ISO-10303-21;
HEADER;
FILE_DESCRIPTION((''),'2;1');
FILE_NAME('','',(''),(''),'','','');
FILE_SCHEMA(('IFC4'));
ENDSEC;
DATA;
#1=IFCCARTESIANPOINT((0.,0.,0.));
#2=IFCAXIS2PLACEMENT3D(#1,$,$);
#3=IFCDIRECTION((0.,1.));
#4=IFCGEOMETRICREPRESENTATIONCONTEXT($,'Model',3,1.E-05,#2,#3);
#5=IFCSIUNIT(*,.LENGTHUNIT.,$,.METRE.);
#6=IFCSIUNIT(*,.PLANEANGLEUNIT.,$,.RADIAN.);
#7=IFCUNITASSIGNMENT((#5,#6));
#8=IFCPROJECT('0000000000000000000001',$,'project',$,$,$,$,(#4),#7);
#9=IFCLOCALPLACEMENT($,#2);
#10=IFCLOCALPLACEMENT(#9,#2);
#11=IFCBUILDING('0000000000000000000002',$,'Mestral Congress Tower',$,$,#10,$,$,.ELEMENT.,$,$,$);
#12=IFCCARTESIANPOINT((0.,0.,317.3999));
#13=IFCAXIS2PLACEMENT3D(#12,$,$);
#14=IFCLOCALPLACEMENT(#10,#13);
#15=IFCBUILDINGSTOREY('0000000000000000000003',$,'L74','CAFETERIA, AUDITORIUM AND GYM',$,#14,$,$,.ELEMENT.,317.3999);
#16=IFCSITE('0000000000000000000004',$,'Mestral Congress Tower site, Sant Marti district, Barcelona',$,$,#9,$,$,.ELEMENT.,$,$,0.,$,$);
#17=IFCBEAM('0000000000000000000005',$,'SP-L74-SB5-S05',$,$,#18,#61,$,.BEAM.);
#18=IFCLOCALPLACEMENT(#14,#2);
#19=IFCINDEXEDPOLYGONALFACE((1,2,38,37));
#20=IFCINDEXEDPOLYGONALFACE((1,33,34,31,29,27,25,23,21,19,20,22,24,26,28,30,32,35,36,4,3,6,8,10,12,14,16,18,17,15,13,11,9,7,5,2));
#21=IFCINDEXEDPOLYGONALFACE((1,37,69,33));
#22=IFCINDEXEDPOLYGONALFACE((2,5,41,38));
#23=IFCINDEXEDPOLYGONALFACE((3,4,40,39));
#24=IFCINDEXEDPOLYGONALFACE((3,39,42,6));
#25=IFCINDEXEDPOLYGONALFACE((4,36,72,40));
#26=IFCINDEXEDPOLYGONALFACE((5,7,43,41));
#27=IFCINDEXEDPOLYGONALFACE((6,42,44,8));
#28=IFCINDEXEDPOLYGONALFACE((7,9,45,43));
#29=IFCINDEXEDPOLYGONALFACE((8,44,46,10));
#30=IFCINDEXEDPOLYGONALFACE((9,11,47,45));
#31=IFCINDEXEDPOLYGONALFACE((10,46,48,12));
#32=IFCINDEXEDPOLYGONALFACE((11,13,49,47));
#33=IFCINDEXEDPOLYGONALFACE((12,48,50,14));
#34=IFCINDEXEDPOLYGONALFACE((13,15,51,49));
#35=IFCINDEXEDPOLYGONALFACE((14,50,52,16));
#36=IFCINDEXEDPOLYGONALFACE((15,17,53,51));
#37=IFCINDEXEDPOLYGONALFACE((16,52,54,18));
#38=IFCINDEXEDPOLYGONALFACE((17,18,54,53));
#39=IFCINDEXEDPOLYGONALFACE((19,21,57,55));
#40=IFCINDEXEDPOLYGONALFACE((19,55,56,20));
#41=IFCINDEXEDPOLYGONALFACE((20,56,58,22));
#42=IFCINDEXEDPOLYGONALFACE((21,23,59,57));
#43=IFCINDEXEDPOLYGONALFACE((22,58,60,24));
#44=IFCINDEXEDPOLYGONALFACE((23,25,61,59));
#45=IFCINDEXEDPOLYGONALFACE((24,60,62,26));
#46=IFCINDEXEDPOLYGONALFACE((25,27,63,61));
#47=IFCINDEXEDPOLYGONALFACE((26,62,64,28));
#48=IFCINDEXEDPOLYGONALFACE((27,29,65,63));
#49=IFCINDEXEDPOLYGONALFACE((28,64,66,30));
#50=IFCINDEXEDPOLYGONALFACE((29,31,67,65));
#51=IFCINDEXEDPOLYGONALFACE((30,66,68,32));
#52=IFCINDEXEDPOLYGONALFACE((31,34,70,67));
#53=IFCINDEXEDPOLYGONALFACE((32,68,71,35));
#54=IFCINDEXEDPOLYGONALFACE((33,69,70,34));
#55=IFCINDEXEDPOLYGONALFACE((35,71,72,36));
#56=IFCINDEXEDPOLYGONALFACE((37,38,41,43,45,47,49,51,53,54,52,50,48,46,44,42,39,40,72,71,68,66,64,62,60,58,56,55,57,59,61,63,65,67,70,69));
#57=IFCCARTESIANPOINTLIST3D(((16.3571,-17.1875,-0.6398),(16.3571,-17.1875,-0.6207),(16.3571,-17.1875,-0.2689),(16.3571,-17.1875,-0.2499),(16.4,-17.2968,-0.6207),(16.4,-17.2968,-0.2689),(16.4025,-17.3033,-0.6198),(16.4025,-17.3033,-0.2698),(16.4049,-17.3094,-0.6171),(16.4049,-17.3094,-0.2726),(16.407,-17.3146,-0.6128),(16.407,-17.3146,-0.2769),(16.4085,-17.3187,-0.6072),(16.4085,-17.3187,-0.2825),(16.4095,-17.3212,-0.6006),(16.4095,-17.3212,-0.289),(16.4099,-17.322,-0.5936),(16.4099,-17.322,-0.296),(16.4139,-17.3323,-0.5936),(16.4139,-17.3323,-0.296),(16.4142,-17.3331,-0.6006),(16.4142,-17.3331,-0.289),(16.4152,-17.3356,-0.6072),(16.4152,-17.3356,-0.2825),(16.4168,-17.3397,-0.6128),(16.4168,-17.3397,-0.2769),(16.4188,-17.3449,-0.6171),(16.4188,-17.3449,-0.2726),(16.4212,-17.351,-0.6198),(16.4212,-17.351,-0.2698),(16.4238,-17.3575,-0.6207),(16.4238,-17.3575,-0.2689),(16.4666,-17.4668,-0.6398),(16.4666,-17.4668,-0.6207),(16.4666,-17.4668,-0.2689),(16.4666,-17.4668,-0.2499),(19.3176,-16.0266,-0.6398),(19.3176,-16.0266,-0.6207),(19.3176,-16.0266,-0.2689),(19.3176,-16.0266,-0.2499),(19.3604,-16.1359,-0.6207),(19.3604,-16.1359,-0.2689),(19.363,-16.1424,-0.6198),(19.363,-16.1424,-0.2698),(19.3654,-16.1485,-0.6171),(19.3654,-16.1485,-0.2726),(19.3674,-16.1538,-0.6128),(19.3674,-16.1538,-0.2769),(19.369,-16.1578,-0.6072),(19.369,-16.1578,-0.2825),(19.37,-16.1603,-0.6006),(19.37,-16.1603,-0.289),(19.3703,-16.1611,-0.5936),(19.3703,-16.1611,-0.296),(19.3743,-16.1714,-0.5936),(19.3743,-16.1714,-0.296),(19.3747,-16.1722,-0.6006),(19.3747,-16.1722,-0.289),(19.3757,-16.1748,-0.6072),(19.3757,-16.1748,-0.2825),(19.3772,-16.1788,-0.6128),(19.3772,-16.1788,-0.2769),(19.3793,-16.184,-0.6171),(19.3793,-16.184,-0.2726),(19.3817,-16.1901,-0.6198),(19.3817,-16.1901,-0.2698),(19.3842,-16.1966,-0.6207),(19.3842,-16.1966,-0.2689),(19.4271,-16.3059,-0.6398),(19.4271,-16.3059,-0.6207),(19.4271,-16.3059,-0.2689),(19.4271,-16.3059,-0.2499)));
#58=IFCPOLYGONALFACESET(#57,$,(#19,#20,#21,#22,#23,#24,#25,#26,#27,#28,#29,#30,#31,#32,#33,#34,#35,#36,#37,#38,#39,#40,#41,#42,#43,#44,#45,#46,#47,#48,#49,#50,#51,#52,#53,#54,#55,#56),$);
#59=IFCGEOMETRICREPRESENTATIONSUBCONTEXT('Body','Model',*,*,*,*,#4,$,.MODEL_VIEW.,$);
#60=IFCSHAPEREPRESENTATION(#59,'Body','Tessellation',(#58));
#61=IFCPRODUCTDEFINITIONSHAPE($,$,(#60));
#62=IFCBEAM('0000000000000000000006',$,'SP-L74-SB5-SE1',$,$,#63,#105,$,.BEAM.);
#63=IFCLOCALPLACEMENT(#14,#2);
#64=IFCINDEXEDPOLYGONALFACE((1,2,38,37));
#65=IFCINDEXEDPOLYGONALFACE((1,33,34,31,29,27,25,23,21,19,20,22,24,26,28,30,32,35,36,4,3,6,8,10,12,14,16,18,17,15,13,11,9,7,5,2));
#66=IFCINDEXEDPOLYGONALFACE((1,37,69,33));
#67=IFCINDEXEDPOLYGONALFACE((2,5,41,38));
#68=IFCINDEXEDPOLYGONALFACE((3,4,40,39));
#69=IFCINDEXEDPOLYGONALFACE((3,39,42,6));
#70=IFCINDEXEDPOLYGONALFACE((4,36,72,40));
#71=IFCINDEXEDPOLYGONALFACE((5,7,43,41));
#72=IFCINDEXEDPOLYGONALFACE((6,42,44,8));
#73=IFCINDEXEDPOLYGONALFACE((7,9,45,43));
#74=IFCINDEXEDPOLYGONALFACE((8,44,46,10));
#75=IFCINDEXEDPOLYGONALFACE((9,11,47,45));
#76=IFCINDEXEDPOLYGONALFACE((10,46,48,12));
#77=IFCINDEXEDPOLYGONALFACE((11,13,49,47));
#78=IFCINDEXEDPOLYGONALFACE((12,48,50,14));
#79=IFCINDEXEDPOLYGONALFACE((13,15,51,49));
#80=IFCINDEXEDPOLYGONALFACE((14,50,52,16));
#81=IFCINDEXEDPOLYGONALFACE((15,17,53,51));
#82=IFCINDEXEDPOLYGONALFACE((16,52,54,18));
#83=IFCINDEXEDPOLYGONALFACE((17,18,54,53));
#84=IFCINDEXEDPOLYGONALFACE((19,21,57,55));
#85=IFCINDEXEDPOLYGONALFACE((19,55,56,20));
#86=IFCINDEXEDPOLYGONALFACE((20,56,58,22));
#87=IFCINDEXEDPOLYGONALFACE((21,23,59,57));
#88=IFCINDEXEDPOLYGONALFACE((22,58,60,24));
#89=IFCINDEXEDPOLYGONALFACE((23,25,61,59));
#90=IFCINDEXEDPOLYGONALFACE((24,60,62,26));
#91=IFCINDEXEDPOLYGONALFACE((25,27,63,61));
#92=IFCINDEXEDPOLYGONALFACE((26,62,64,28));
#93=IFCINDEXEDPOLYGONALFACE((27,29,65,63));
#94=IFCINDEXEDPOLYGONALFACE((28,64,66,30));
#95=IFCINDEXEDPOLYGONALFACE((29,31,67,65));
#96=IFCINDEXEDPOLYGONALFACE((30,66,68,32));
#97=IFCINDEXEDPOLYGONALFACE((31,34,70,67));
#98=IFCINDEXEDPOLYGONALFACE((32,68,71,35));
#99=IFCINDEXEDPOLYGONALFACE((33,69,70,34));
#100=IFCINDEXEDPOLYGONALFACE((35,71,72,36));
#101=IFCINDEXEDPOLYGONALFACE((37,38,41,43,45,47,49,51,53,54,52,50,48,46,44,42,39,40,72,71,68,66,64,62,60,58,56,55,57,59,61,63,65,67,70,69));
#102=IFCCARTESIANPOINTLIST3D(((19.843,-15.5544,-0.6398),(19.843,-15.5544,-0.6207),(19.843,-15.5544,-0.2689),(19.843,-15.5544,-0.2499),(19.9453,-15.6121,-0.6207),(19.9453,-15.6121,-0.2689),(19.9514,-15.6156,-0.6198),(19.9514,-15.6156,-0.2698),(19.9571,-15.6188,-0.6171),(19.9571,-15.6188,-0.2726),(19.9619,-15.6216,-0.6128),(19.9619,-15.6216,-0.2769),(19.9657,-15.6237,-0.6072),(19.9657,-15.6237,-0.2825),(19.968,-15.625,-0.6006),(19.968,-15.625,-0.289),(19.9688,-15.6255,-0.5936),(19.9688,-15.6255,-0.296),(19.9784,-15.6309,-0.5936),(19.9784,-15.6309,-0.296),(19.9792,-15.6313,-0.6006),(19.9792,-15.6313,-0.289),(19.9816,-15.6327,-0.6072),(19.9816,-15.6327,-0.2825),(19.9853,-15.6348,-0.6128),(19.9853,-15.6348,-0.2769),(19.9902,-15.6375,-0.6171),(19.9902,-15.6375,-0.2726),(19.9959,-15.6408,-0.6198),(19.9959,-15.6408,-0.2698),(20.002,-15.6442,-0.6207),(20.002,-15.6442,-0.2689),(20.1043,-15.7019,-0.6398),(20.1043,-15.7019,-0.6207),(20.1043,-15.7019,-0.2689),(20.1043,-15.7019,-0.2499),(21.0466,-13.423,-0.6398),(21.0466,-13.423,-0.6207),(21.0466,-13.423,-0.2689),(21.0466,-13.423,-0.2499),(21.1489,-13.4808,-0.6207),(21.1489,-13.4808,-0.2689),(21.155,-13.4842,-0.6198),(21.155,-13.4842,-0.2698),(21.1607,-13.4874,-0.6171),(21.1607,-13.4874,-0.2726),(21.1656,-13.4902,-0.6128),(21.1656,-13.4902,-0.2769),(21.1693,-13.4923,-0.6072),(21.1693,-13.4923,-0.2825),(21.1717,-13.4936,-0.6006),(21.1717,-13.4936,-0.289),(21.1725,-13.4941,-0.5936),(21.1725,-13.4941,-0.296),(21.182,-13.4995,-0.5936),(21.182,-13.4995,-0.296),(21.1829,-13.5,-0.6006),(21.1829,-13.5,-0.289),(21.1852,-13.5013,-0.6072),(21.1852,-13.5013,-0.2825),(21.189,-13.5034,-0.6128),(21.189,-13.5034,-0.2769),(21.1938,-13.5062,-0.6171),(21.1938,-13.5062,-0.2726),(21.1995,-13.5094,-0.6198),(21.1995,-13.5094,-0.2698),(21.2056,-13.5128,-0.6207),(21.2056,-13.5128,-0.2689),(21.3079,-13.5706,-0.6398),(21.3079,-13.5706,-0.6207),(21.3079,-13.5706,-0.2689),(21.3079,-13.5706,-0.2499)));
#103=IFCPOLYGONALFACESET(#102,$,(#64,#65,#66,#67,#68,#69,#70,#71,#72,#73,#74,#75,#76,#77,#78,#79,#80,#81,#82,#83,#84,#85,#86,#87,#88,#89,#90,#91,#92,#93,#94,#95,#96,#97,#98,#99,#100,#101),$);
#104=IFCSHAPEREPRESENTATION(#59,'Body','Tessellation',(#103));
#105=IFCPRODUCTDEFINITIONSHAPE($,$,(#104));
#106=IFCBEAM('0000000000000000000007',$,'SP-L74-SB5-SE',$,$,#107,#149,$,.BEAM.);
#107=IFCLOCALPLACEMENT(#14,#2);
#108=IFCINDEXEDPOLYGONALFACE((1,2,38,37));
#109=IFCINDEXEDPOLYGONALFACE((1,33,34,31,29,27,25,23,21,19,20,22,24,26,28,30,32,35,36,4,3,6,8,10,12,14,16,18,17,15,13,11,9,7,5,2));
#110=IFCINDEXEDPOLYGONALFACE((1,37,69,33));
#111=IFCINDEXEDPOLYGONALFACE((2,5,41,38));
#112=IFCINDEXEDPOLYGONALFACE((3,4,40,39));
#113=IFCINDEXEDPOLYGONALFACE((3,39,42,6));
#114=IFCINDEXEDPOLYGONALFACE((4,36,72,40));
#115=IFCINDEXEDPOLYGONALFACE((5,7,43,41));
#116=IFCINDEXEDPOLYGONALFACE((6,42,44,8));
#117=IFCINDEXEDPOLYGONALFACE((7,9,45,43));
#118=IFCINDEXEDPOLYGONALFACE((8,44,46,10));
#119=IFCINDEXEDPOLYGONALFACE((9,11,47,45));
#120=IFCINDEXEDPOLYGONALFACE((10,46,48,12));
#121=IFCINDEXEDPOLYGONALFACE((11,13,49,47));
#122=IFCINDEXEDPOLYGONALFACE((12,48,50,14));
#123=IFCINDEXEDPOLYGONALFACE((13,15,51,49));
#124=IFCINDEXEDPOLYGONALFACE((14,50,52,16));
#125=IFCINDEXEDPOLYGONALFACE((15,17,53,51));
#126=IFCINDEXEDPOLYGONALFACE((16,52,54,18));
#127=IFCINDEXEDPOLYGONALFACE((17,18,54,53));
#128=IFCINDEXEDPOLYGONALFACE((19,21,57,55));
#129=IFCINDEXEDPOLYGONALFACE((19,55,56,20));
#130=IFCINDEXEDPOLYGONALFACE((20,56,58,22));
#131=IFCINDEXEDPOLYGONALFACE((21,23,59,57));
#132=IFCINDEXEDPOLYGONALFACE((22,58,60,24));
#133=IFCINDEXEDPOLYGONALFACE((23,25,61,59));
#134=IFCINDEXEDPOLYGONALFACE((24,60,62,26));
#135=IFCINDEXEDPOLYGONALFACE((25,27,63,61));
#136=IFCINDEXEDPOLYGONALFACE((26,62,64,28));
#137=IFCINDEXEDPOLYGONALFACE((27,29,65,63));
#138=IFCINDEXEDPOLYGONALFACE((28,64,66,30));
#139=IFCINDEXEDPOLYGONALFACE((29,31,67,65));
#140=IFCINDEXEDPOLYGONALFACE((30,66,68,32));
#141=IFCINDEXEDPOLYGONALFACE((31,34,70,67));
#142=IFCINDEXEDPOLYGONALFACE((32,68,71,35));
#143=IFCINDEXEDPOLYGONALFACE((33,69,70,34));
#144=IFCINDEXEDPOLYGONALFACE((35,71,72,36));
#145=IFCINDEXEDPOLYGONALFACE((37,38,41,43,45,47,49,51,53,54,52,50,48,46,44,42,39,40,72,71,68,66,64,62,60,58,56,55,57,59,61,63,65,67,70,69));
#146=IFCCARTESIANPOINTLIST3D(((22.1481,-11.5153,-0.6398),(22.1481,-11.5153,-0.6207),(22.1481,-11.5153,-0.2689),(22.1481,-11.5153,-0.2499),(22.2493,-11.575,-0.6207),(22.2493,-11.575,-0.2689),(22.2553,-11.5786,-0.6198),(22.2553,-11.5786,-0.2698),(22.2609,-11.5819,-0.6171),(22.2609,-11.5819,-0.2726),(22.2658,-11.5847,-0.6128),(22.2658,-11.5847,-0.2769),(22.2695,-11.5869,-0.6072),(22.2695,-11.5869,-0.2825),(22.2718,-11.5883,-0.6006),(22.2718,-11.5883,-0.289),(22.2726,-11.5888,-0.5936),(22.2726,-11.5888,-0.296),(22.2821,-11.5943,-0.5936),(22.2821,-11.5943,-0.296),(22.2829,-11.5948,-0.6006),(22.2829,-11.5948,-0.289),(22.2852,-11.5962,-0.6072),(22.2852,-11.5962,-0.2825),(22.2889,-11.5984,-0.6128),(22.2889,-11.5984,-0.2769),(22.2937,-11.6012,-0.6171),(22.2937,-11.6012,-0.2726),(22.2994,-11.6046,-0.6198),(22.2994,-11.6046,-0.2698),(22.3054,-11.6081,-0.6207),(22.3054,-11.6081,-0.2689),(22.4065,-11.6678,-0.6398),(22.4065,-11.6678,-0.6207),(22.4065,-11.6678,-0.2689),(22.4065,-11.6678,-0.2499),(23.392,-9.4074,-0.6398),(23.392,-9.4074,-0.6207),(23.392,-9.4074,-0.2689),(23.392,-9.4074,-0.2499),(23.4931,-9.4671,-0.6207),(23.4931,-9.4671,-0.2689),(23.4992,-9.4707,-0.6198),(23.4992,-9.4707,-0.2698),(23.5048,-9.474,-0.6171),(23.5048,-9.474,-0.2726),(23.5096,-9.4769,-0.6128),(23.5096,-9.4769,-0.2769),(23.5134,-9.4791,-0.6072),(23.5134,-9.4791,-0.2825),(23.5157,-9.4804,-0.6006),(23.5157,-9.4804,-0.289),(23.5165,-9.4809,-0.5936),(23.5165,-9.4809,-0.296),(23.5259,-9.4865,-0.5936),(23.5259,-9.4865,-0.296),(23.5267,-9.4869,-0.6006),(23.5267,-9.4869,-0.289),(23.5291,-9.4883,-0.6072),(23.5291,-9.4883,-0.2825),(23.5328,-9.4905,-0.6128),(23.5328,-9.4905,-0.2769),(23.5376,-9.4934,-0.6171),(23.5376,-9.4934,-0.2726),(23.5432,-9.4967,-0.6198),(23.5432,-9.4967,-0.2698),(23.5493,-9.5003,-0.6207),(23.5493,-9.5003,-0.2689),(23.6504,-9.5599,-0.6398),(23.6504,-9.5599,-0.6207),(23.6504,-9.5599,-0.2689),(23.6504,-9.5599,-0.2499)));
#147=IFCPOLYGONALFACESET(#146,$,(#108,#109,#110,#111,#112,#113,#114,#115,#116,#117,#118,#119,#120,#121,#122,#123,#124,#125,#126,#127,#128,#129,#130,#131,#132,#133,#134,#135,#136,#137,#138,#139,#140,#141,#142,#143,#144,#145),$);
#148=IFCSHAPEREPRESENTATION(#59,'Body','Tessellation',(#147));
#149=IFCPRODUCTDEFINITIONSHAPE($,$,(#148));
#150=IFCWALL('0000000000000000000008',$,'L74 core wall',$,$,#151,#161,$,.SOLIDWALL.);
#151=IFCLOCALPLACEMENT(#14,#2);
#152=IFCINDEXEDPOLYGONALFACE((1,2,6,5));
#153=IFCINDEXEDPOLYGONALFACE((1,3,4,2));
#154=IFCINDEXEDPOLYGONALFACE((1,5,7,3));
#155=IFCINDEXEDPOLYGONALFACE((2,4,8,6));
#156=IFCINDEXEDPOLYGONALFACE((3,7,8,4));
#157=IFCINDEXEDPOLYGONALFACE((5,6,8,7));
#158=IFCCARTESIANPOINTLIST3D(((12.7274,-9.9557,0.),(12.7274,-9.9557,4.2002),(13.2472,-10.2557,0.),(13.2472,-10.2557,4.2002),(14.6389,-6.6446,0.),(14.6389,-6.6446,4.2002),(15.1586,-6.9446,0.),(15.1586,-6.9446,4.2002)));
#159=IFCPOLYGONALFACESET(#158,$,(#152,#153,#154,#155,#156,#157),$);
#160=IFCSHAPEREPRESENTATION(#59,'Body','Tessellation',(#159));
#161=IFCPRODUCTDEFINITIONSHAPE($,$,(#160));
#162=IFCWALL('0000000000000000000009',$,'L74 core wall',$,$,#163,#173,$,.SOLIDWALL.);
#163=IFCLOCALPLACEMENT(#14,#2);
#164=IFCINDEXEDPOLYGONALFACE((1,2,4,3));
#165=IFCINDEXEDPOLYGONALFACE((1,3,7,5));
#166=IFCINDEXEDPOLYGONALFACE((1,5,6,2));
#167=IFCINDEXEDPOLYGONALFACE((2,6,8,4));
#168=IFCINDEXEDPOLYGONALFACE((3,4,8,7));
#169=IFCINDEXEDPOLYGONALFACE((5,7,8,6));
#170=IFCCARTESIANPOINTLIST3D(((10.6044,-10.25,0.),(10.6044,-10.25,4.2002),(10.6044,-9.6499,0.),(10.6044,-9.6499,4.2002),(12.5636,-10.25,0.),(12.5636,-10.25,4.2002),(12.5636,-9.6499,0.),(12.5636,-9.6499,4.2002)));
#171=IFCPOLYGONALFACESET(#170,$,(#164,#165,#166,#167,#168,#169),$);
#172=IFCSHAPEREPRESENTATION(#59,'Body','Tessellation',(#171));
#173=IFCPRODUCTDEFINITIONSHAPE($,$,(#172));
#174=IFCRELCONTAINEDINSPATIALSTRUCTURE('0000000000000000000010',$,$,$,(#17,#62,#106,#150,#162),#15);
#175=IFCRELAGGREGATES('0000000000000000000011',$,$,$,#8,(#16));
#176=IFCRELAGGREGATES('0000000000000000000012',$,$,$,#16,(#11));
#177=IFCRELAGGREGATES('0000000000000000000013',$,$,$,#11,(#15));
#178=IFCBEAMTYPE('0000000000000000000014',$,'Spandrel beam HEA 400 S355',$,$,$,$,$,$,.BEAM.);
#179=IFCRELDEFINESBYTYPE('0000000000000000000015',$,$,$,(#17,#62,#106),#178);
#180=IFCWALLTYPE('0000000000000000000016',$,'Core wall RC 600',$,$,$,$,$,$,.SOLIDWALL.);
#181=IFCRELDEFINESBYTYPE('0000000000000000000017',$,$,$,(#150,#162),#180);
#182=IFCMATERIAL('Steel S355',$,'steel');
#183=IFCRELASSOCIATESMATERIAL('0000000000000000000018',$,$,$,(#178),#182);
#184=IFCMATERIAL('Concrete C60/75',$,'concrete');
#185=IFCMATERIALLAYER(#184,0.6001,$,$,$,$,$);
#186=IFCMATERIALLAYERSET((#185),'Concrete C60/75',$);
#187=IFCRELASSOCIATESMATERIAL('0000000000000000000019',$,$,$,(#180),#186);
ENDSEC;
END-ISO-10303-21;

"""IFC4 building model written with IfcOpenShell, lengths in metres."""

from ifc_helpers import new_model, si_unit, direction, frame, frame_2d, origin, origin_2d, place, context, subcontext, project, spatial, rectangle, i_section, extrude, material, layer, layer_set, material_profile, profile_set, type_object, element, save


model = new_model("IFC4")

# Units and contexts
model_context = context("Model", 3, precision=1e-05, world=origin(), true_north=direction((0.0, 1.0)))
body_context = subcontext(model_context, "Body", "Model", "MODEL_VIEW")
ifc_project = project(units=[si_unit("LENGTHUNIT", "METRE"), si_unit("PLANEANGLEUNIT", "RADIAN")], contexts=[model_context])

# Site, building, storey
site_placement = place(None, origin())
site = spatial("IfcSite", under=ifc_project, at=site_placement, Name="Mestral Congress Tower site, Sant Marti district, Barcelona", CompositionType="ELEMENT", RefElevation=0.0)
building_placement = place(site_placement, origin())
building = spatial("IfcBuilding", under=site, at=building_placement, Name="Mestral Congress Tower", CompositionType="ELEMENT")
storey_placement = place(building_placement, frame((0.0, 0.0, 317.3999)))
storey = spatial("IfcBuildingStorey", under=building, at=storey_placement, Name="L74", Description="CAFETERIA, AUDITORIUM AND GYM", CompositionType="ELEMENT", Elevation=317.3999)

# Shared definitions
ifc_material_1 = material(Name="Concrete C60/75", Category="concrete")

# Beams
ifc_material_2 = material(Name="Steel S355", Category="steel")
ifc_material_profile_1 = material_profile(ifc_material_2, i_section(OverallWidth=0.3, OverallDepth=0.3899, WebThickness=0.011, FlangeThickness=0.019, FilletRadius=0.0271, at=origin_2d()), Name="HEA 400")
ifc_profile_set_1 = profile_set([ifc_material_profile_1], Name="Steel S355")
beam_type_1 = type_object("IfcBeamType", Name="Spandrel beam HEA 400 S355", PredefinedType="BEAM", material=ifc_profile_set_1)
beam_1_placement = place(storey_placement, frame((16.4119, -17.3271, -0.4448), z_axis=(0.930981, 0.365068, 0.0), x_axis=(-0.365068, 0.930981, 0.0)))
element("IfcBeam", 1, at=beam_1_placement, inside=storey, type_object=beam_type_1, Name="SP-L74-SB5-S05", PredefinedType="BEAM", context=body_context, shape_type="SweptSolid", body=[
    extrude(i_section(OverallWidth=0.3, OverallDepth=0.3899, WebThickness=0.011, FlangeThickness=0.019, FilletRadius=0.0271, at=origin_2d()), origin(), (0.0, 0.0, 1.0), 3.1799),
])
beam_2_placement = place(storey_placement, frame((19.9736, -15.6282, -0.4448), z_axis=(0.491729, 0.870749, 0.0), x_axis=(-0.870749, 0.491729, 0.0)))
element("IfcBeam", 2, at=beam_2_placement, inside=storey, type_object=beam_type_1, Name="SP-L74-SB5-SE1", PredefinedType="BEAM", context=body_context, shape_type="SweptSolid", body=[
    extrude(i_section(OverallWidth=0.3, OverallDepth=0.3899, WebThickness=0.011, FlangeThickness=0.019, FilletRadius=0.0271, at=origin_2d()), origin(), (0.0, 0.0, 1.0), 2.4478),
])
beam_3_placement = place(storey_placement, frame((22.2773, -11.5916, -0.4448), z_axis=(0.508218, 0.861228, 0.0), x_axis=(-0.861228, 0.508218, 0.0)))
element("IfcBeam", 3, at=beam_3_placement, inside=storey, type_object=beam_type_1, Name="SP-L74-SB5-SE", PredefinedType="BEAM", context=body_context, shape_type="SweptSolid", body=[
    extrude(i_section(OverallWidth=0.3, OverallDepth=0.3899, WebThickness=0.011, FlangeThickness=0.019, FilletRadius=0.0271, at=origin_2d()), origin(), (0.0, 0.0, 1.0), 2.4475),
])

# Walls
ifc_layer_1 = layer(ifc_material_1, 0.6001)
ifc_layer_set_1 = layer_set([ifc_layer_1], Name="Concrete C60/75")
wall_type_1 = type_object("IfcWallType", Name="Core wall RC 600", PredefinedType="SOLIDWALL", material=ifc_layer_set_1)
wall_1_placement = place(storey_placement, frame((12.9873, -10.1057, 0.0), z_axis=(0.0, 0.0, 1.0), x_axis=(0.499951, 0.866054, 0.0)))
element("IfcWall", 4, at=wall_1_placement, inside=storey, type_object=wall_type_1, Name="L74 core wall", PredefinedType="SOLIDWALL", context=body_context, shape_type="SweptSolid", body=[
    extrude(rectangle(XDim=3.8232, YDim=0.6001, at=frame_2d((1.9116, 0.0))), origin(), (0.0, 0.0, 1.0), 4.2002),
])
wall_2_placement = place(storey_placement, frame((10.6045, -9.95, 0.0), z_axis=(0.0, 0.0, 1.0), x_axis=(1.0, 0.0, 0.0)))
element("IfcWall", 5, at=wall_2_placement, inside=storey, type_object=wall_type_1, Name="L74 core wall", PredefinedType="SOLIDWALL", context=body_context, shape_type="SweptSolid", body=[
    extrude(rectangle(XDim=1.9592, YDim=0.6001, at=frame_2d((0.9795, 0.0))), origin(), (0.0, 0.0, 1.0), 4.2002),
])

save(model, "model.ifc")
